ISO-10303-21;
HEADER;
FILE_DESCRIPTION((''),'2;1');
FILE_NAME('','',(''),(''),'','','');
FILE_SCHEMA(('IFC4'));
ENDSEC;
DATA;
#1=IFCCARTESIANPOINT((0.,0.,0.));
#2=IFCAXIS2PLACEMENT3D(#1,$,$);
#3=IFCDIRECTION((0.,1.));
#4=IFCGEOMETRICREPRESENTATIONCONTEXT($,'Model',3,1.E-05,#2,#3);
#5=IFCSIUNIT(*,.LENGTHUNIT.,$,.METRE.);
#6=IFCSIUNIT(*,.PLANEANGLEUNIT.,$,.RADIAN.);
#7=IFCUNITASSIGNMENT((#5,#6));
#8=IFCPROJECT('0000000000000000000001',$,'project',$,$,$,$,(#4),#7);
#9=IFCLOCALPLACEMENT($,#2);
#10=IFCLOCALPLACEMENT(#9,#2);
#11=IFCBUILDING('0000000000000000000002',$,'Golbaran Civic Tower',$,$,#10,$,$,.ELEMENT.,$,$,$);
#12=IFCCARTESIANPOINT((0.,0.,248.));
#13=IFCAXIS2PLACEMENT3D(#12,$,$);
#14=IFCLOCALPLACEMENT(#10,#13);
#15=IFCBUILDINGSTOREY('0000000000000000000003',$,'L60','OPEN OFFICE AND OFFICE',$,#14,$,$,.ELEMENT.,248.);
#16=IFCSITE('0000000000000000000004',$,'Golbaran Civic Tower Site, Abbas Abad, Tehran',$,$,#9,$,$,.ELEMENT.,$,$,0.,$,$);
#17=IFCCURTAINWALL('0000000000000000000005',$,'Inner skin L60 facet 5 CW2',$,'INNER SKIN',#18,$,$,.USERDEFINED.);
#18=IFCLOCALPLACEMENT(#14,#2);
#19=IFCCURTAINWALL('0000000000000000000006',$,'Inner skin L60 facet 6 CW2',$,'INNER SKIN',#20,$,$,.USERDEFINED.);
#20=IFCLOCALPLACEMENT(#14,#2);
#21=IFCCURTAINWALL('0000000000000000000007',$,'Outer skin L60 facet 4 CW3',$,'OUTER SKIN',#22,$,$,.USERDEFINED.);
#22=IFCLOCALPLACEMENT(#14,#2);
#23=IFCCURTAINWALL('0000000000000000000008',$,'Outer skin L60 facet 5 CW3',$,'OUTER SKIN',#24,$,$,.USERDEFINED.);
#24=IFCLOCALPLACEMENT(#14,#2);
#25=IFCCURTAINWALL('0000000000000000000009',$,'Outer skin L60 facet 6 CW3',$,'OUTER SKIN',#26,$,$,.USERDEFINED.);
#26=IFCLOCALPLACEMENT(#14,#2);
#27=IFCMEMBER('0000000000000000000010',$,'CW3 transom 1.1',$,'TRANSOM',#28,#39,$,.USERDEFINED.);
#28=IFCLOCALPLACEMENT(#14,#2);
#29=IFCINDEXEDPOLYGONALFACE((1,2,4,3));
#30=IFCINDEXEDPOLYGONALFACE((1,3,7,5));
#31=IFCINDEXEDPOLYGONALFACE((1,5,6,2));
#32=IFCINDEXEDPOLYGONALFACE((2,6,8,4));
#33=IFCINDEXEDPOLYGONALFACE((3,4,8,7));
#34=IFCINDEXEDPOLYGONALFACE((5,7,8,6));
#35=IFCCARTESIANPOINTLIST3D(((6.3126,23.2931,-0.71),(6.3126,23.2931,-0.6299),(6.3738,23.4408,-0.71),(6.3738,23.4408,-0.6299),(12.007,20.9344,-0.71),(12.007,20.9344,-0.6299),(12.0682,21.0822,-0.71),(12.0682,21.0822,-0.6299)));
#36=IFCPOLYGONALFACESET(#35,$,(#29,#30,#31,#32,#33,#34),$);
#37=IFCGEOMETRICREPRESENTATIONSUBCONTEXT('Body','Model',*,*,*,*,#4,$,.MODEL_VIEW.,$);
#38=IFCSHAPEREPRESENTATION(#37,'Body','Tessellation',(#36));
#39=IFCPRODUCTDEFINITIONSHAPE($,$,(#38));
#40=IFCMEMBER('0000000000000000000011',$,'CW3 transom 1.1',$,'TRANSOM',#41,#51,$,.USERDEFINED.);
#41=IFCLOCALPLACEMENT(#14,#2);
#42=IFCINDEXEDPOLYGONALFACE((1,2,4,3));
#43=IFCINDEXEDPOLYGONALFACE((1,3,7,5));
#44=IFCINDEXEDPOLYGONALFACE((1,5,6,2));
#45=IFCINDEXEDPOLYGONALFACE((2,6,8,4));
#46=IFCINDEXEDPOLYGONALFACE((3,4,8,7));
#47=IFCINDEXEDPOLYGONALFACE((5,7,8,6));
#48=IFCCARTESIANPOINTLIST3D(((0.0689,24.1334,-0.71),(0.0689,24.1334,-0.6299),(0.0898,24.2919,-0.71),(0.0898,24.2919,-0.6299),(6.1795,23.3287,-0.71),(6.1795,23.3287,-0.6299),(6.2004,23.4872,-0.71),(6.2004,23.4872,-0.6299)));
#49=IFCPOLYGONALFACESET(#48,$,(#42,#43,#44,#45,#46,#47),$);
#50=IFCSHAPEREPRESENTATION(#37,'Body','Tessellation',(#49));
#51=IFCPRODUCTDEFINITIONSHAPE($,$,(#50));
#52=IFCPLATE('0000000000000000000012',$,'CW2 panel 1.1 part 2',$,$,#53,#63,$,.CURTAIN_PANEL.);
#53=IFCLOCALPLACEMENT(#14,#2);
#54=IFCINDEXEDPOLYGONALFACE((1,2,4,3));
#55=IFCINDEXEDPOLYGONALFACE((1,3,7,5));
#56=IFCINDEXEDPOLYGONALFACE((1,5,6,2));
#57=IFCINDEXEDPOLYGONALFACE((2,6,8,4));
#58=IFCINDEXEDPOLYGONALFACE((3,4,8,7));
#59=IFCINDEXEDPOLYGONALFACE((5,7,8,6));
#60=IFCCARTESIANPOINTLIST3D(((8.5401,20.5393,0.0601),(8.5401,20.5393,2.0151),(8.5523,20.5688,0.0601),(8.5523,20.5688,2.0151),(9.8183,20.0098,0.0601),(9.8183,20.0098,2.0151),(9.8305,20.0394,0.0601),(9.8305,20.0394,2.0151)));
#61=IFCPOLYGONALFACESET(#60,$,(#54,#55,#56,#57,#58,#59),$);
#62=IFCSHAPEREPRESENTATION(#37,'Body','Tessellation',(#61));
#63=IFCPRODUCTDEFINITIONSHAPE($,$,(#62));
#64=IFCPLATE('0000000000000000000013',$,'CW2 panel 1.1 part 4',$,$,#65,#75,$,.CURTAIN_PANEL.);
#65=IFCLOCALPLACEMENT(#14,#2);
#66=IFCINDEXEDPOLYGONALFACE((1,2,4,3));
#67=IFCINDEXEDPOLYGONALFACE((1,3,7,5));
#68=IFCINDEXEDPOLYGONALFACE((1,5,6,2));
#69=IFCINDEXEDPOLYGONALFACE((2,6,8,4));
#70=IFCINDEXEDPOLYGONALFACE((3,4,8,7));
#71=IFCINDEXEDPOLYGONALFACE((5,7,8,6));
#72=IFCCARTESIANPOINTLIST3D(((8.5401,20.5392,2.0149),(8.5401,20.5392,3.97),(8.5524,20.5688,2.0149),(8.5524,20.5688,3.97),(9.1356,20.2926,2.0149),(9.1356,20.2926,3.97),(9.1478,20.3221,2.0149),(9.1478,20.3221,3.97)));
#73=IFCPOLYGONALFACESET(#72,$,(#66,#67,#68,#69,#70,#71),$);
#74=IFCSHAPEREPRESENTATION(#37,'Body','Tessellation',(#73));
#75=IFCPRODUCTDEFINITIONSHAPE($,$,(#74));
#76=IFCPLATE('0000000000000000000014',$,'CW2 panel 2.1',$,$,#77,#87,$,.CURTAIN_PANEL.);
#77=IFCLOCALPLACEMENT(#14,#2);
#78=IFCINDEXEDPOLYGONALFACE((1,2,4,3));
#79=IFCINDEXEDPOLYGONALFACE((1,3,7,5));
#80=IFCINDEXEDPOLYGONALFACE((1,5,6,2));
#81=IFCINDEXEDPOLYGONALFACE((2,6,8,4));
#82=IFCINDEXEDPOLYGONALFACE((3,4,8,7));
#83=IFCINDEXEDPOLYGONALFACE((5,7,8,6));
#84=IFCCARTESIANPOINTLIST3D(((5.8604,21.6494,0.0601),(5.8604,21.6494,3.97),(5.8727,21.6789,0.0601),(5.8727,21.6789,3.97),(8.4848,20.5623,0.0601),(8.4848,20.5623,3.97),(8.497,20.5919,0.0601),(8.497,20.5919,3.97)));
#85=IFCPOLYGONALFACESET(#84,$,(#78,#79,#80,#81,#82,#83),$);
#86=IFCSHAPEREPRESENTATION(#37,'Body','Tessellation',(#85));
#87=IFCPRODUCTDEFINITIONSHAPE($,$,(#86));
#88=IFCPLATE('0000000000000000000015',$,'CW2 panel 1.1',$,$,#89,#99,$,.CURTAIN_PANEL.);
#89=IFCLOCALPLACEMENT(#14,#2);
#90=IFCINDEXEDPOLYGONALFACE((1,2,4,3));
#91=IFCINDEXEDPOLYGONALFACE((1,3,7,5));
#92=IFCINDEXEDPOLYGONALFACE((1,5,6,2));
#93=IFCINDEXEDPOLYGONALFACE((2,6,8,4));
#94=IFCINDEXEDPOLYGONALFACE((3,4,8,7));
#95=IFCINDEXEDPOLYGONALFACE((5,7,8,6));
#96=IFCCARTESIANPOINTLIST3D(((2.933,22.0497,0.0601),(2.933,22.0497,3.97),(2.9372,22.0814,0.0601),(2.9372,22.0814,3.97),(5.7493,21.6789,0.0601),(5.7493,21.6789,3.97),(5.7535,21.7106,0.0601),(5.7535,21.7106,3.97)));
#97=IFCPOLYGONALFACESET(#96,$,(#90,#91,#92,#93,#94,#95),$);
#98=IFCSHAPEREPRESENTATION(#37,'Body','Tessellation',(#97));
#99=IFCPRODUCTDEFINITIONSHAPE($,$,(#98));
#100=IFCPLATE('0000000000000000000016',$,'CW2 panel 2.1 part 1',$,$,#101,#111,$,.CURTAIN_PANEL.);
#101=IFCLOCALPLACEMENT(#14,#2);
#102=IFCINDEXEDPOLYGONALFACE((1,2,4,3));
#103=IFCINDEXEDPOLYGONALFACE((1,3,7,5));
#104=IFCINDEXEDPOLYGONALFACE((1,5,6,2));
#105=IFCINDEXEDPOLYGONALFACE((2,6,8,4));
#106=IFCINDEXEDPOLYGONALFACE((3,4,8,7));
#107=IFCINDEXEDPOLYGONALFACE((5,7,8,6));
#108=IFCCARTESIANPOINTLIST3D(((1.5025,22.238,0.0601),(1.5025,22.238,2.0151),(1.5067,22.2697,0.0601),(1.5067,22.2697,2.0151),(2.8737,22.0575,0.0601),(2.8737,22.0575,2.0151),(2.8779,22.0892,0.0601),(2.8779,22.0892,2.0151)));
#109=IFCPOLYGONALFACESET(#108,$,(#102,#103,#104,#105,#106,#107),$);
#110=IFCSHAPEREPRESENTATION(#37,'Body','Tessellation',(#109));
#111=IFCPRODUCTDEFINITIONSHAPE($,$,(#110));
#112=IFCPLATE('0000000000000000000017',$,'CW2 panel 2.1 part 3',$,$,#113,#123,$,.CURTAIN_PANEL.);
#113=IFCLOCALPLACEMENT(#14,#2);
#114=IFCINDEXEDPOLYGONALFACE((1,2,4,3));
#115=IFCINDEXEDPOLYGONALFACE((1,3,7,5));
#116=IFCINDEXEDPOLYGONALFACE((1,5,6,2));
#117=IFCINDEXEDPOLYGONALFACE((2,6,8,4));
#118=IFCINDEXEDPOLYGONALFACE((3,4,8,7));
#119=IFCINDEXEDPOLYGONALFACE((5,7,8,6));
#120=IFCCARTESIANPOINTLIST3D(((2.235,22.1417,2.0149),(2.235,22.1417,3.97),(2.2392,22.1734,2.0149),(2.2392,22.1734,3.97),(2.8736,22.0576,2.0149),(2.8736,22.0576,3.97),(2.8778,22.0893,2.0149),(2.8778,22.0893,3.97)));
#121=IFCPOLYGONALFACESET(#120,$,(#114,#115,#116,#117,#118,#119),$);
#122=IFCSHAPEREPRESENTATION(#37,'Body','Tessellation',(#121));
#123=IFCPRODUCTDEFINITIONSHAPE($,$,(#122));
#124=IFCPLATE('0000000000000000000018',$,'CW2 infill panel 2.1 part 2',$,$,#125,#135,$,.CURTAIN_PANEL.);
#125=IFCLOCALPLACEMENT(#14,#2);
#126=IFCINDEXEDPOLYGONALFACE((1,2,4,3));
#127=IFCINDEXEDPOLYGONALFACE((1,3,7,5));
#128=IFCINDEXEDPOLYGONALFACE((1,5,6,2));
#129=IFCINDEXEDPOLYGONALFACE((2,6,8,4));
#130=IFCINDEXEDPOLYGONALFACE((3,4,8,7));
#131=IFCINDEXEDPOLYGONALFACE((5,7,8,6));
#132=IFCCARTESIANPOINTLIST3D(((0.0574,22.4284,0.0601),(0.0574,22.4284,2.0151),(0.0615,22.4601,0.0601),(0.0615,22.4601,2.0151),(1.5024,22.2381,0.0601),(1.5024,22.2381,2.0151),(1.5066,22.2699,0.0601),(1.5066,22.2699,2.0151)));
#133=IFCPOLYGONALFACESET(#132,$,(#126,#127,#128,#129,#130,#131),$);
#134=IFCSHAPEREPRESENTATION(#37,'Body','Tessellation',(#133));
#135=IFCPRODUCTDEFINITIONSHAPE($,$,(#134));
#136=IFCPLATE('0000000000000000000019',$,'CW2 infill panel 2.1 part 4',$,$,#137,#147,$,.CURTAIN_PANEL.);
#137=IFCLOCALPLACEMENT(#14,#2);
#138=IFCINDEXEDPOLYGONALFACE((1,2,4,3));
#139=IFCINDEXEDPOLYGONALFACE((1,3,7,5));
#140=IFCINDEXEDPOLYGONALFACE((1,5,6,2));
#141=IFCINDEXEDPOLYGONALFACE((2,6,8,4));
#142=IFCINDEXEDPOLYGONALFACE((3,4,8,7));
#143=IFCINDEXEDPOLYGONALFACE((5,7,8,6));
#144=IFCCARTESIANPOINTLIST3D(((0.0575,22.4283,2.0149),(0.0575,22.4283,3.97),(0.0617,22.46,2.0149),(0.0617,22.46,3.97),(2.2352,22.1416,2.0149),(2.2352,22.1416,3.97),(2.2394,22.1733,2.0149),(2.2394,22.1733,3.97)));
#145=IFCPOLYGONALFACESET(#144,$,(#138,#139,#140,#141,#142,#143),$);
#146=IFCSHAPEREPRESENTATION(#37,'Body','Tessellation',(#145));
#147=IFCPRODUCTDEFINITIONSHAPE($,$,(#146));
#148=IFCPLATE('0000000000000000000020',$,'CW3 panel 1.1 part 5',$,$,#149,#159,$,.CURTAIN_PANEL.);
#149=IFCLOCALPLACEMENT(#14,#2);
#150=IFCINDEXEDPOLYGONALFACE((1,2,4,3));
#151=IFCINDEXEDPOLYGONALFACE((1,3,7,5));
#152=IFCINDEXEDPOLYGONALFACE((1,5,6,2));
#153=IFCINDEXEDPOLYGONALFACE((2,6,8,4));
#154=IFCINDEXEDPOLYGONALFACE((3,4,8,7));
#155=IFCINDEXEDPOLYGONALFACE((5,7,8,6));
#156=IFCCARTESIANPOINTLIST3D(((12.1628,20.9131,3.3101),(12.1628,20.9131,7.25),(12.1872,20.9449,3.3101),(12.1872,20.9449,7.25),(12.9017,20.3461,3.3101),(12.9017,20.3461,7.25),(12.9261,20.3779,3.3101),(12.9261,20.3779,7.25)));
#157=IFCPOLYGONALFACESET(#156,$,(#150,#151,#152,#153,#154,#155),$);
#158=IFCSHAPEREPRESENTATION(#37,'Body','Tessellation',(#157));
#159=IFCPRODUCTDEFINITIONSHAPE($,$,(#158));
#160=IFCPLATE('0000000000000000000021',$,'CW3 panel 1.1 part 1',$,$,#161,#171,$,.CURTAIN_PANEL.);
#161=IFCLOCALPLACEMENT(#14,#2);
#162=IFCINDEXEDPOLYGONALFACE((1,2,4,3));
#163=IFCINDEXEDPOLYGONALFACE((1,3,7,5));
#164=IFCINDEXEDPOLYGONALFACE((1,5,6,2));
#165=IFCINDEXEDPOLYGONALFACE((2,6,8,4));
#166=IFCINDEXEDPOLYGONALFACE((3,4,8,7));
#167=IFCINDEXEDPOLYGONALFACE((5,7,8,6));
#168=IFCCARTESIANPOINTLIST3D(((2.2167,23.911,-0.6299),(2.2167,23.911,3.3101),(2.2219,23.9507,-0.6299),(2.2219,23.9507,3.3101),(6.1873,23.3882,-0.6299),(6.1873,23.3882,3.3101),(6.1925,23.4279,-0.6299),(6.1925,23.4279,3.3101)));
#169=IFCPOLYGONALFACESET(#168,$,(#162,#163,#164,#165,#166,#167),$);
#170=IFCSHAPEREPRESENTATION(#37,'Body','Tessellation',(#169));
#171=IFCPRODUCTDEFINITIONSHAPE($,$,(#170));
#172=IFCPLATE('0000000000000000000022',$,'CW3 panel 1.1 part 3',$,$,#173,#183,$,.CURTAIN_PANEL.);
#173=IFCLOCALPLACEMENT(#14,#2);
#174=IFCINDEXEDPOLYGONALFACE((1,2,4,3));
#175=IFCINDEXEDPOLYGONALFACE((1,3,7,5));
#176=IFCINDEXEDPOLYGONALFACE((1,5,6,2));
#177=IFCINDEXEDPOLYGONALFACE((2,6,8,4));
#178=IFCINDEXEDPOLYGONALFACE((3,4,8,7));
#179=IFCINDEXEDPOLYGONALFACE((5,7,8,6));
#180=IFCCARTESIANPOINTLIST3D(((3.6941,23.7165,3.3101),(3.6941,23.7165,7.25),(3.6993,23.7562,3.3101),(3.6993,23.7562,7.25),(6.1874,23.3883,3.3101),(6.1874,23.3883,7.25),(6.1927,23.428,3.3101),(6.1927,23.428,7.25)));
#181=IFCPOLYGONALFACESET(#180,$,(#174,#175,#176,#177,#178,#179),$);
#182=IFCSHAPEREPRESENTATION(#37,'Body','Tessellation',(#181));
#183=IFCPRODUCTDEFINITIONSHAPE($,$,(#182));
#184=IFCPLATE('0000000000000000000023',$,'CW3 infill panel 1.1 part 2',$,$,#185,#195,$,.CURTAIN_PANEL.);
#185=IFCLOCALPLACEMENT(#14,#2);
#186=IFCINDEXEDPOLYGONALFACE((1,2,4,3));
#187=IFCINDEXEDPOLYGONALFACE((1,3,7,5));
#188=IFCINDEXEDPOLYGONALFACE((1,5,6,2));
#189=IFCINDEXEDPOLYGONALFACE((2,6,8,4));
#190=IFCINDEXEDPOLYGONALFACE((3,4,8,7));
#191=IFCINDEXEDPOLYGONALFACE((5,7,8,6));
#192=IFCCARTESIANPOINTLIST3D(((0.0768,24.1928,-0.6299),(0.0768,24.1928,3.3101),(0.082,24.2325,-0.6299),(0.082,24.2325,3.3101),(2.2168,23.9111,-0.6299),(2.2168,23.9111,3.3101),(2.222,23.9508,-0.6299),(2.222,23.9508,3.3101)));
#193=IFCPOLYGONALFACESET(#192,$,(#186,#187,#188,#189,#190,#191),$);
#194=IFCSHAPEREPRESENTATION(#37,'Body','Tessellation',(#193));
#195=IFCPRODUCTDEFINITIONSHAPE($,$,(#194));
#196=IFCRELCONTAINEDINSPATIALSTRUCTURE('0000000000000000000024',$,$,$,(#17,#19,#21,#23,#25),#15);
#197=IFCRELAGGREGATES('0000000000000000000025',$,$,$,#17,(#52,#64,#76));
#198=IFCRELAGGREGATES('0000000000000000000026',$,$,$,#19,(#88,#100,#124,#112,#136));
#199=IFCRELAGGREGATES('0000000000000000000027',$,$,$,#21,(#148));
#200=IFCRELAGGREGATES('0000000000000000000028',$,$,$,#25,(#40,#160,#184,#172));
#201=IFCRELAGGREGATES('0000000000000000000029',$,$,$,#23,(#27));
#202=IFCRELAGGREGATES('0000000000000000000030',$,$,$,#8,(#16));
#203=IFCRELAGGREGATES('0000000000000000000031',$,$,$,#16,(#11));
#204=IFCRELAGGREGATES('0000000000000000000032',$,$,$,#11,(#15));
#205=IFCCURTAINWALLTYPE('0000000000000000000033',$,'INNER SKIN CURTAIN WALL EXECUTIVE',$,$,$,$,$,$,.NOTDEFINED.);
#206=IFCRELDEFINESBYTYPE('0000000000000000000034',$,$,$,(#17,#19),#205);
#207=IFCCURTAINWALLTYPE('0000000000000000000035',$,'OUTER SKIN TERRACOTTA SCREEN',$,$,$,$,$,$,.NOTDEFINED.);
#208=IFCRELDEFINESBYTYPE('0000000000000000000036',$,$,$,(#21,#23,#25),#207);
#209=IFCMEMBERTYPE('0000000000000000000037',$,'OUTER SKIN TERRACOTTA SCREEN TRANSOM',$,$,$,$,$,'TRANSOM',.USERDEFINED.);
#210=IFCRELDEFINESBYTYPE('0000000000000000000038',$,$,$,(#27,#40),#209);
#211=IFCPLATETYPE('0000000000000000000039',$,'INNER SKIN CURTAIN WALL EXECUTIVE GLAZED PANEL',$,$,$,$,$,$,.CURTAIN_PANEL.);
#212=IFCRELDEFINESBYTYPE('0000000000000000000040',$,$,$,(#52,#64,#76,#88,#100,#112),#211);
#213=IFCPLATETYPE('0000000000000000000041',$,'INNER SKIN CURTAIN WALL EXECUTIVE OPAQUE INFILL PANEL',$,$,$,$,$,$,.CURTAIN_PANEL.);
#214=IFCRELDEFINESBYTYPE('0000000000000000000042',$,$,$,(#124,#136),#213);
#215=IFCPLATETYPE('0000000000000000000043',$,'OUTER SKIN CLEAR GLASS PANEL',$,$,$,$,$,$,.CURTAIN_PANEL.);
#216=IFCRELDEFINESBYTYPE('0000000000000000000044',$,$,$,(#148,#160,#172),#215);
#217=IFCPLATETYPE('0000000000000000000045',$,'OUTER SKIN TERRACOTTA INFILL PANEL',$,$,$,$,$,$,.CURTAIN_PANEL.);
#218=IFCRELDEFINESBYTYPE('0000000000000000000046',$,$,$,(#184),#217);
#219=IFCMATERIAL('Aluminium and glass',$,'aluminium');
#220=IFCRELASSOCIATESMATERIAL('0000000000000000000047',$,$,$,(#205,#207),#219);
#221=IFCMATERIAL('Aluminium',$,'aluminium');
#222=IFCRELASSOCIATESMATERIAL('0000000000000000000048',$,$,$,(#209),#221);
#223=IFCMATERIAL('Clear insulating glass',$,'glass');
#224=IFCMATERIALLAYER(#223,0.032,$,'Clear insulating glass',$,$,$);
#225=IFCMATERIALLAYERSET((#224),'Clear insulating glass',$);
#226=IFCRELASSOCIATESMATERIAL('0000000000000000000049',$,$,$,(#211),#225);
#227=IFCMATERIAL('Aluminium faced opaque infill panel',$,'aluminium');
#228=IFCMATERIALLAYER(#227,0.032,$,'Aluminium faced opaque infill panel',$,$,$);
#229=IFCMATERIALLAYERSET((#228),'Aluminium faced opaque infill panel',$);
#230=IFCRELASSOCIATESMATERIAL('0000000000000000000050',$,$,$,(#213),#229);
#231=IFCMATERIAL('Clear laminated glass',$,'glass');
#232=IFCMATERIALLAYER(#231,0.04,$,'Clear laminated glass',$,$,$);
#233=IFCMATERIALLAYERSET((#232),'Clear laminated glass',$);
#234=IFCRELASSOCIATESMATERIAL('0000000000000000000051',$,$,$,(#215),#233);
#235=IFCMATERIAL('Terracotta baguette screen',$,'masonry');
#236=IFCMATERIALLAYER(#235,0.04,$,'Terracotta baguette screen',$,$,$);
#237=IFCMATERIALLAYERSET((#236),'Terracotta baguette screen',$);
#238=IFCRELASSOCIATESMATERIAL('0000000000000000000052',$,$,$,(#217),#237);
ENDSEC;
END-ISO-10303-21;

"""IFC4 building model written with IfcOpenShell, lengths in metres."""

from ifc_helpers import new_model, si_unit, direction, frame, origin, origin_2d, place, context, subcontext, project, spatial, rectangle, extrude, material, layer, layer_set, material_profile, profile_set, type_object, element, aggregate, save


model = new_model("IFC4")

# Units and contexts
model_context = context("Model", 3, precision=1e-05, world=origin(), true_north=direction((0.0, 1.0)))
body_context = subcontext(model_context, "Body", "Model", "MODEL_VIEW")
ifc_project = project(units=[si_unit("LENGTHUNIT", "METRE"), si_unit("PLANEANGLEUNIT", "RADIAN")], contexts=[model_context])

# Site, building, storey
site_placement = place(None, origin())
site = spatial("IfcSite", under=ifc_project, at=site_placement, Name="Golbaran Civic Tower Site, Abbas Abad, Tehran", CompositionType="ELEMENT", RefElevation=0.0)
building_placement = place(site_placement, origin())
building = spatial("IfcBuilding", under=site, at=building_placement, Name="Golbaran Civic Tower", CompositionType="ELEMENT")
storey_placement = place(building_placement, frame((0.0, 0.0, 248.0)))
storey = spatial("IfcBuildingStorey", under=building, at=storey_placement, Name="L60", Description="OPEN OFFICE AND OFFICE", CompositionType="ELEMENT", Elevation=248.0)

# Curtain walls
ifc_material_1 = material(Name="Aluminium and glass", Category="aluminium")
curtain_wall_type_1 = type_object("IfcCurtainWallType", Name="INNER SKIN CURTAIN WALL EXECUTIVE", PredefinedType="NOTDEFINED", material=ifc_material_1)
curtain_wall_1_placement = place(storey_placement, origin())
curtain_wall_1 = element("IfcCurtainWall", 1, at=curtain_wall_1_placement, inside=storey, type_object=curtain_wall_type_1, Name="Inner skin L60 facet 5 CW2", ObjectType="INNER SKIN", PredefinedType="USERDEFINED")
ifc_material_2 = material(Name="Aluminium", Category="aluminium")
curtain_wall_2_placement = place(storey_placement, origin())
curtain_wall_2 = element("IfcCurtainWall", 2, at=curtain_wall_2_placement, inside=storey, type_object=curtain_wall_type_1, Name="Inner skin L60 facet 6 CW2", ObjectType="INNER SKIN", PredefinedType="USERDEFINED")

# Curtain wall
curtain_wall_type_2 = type_object("IfcCurtainWallType", Name="OUTER SKIN TERRACOTTA SCREEN", PredefinedType="NOTDEFINED", material=ifc_material_1)
curtain_wall_3_placement = place(storey_placement, origin())
curtain_wall_3 = element("IfcCurtainWall", 3, at=curtain_wall_3_placement, inside=storey, type_object=curtain_wall_type_2, Name="Outer skin L60 facet 4 CW3", ObjectType="OUTER SKIN", PredefinedType="USERDEFINED")

# Curtain walls
curtain_wall_4_placement = place(storey_placement, origin())
curtain_wall_4 = element("IfcCurtainWall", 4, at=curtain_wall_4_placement, inside=storey, type_object=curtain_wall_type_2, Name="Outer skin L60 facet 5 CW3", ObjectType="OUTER SKIN", PredefinedType="USERDEFINED")
curtain_wall_5_placement = place(storey_placement, origin())
curtain_wall_5 = element("IfcCurtainWall", 5, at=curtain_wall_5_placement, inside=storey, type_object=curtain_wall_type_2, Name="Outer skin L60 facet 6 CW3", ObjectType="OUTER SKIN", PredefinedType="USERDEFINED")

# Members
ifc_material_profile_1 = material_profile(ifc_material_2, rectangle(XDim=0.1599, YDim=0.0801, at=origin_2d()), Name="OUTER SKIN TERRACOTTA SCREEN TRANSOM")
ifc_profile_set_1 = profile_set([ifc_material_profile_1], Name="Aluminium")
member_type_1 = type_object("IfcMemberType", Name="OUTER SKIN TERRACOTTA SCREEN TRANSOM", ElementType="TRANSOM", PredefinedType="USERDEFINED", material=ifc_profile_set_1)
member_1_placement = place(storey_placement, frame((12.0376, 21.0083, -0.6699), z_axis=(-0.923881, 0.382679, 0.0), x_axis=(-0.382679, -0.923881, 0.0)))
member_1 = element("IfcMember", 6, at=member_1_placement, type_object=member_type_1, Name="CW3 transom 1.1", ObjectType="TRANSOM", PredefinedType="USERDEFINED", context=body_context, shape_type="SweptSolid", body=[
    extrude(rectangle(XDim=0.1599, YDim=0.0801, at=origin_2d()), origin(), (0.0, 0.0, 1.0), 6.1636),
])
member_2_placement = place(storey_placement, frame((6.1899, 23.408, -0.6699), z_axis=(-0.99144, 0.13056, 0.0), x_axis=(-0.13056, -0.99144, 0.0)))
member_2 = element("IfcMember", 7, at=member_2_placement, type_object=member_type_1, Name="CW3 transom 1.1", ObjectType="TRANSOM", PredefinedType="USERDEFINED", context=body_context, shape_type="SweptSolid", body=[
    extrude(rectangle(XDim=0.1599, YDim=0.0801, at=origin_2d()), origin(), (0.0, 0.0, 1.0), 6.1633),
])

# Plates
ifc_material_3 = material(Name="Clear insulating glass", Category="glass")
ifc_layer_1 = layer(ifc_material_3, 0.032, Name="Clear insulating glass")
ifc_layer_set_1 = layer_set([ifc_layer_1], Name="Clear insulating glass")
plate_type_1 = type_object("IfcPlateType", Name="INNER SKIN CURTAIN WALL EXECUTIVE GLAZED PANEL", PredefinedType="CURTAIN_PANEL", material=ifc_layer_set_1)
plate_1_placement = place(storey_placement, frame((9.1853, 20.2893, 0.0601), z_axis=(0.0, 0.0, 1.0), x_axis=(-0.92388, 0.382683, 0.0)))
plate_1 = element("IfcPlate", 8, at=plate_1_placement, type_object=plate_type_1, Name="CW2 panel 1.1 part 2", PredefinedType="CURTAIN_PANEL", context=body_context, shape_type="SweptSolid", body=[
    extrude(rectangle(XDim=1.3835, YDim=0.032, at=origin_2d()), origin(), (0.0, 0.0, 1.0), 1.9551),
])
plate_2_placement = place(storey_placement, frame((8.844, 20.4307, 2.0149), z_axis=(0.0, 0.0, 1.0), x_axis=(-0.92388, 0.382683, 0.0)))
plate_2 = element("IfcPlate", 9, at=plate_2_placement, type_object=plate_type_1, Name="CW2 panel 1.1 part 4", PredefinedType="CURTAIN_PANEL", context=body_context, shape_type="SweptSolid", body=[
    extrude(rectangle(XDim=0.6445, YDim=0.032, at=origin_2d()), origin(), (0.0, 0.0, 1.0), 1.9551),
])
plate_3_placement = place(storey_placement, frame((7.1787, 21.1206, 0.0601), z_axis=(0.0, 0.0, 1.0), x_axis=(-0.92388, 0.382683, 0.0)))
plate_3 = element("IfcPlate", 10, at=plate_3_placement, type_object=plate_type_1, Name="CW2 panel 2.1", PredefinedType="CURTAIN_PANEL", context=body_context, shape_type="SweptSolid", body=[
    extrude(rectangle(XDim=2.8406, YDim=0.032, at=origin_2d()), origin(), (0.0, 0.0, 1.0), 3.9099),
])
aggregate(curtain_wall_1, [plate_1, plate_2, plate_3])
plate_4_placement = place(storey_placement, frame((4.3433, 21.8801, 0.0601), z_axis=(0.0, 0.0, 1.0), x_axis=(-0.991445, 0.130526, 0.0)))
plate_4 = element("IfcPlate", 11, at=plate_4_placement, type_object=plate_type_1, Name="CW2 panel 1.1", PredefinedType="CURTAIN_PANEL", context=body_context, shape_type="SweptSolid", body=[
    extrude(rectangle(XDim=2.8406, YDim=0.032, at=origin_2d()), origin(), (0.0, 0.0, 1.0), 3.9099),
])
plate_5_placement = place(storey_placement, frame((2.1902, 22.1636, 0.0601), z_axis=(0.0, 0.0, 1.0), x_axis=(-0.991445, 0.130526, 0.0)))
plate_5 = element("IfcPlate", 12, at=plate_5_placement, type_object=plate_type_1, Name="CW2 panel 2.1 part 1", PredefinedType="CURTAIN_PANEL", context=body_context, shape_type="SweptSolid", body=[
    extrude(rectangle(XDim=1.3831, YDim=0.032, at=origin_2d()), origin(), (0.0, 0.0, 1.0), 1.9551),
])
plate_6_placement = place(storey_placement, frame((2.5564, 22.1155, 2.0149), z_axis=(0.0, 0.0, 1.0), x_axis=(-0.991445, 0.130526, 0.0)))
plate_6 = element("IfcPlate", 13, at=plate_6_placement, type_object=plate_type_1, Name="CW2 panel 2.1 part 3", PredefinedType="CURTAIN_PANEL", context=body_context, shape_type="SweptSolid", body=[
    extrude(rectangle(XDim=0.644, YDim=0.032, at=origin_2d()), origin(), (0.0, 0.0, 1.0), 1.9551),
])
ifc_material_4 = material(Name="Aluminium faced opaque infill panel", Category="aluminium")
ifc_layer_2 = layer(ifc_material_4, 0.032, Name="Aluminium faced opaque infill panel")
ifc_layer_set_2 = layer_set([ifc_layer_2], Name="Aluminium faced opaque infill panel")
plate_type_2 = type_object("IfcPlateType", Name="INNER SKIN CURTAIN WALL EXECUTIVE OPAQUE INFILL PANEL", PredefinedType="CURTAIN_PANEL", material=ifc_layer_set_2)
plate_7_placement = place(storey_placement, frame((0.782, 22.3491, 0.0601), z_axis=(0.0, 0.0, 1.0), x_axis=(-0.991445, 0.130526, 0.0)))
plate_7 = element("IfcPlate", 14, at=plate_7_placement, type_object=plate_type_2, Name="CW2 infill panel 2.1 part 2", PredefinedType="CURTAIN_PANEL", context=body_context, shape_type="SweptSolid", body=[
    extrude(rectangle(XDim=1.4575, YDim=0.032, at=origin_2d()), origin(), (0.0, 0.0, 1.0), 1.9551),
])
plate_8_placement = place(storey_placement, frame((1.1484, 22.3008, 2.0149), z_axis=(0.0, 0.0, 1.0), x_axis=(-0.991445, 0.130526, 0.0)))
plate_8 = element("IfcPlate", 15, at=plate_8_placement, type_object=plate_type_2, Name="CW2 infill panel 2.1 part 4", PredefinedType="CURTAIN_PANEL", context=body_context, shape_type="SweptSolid", body=[
    extrude(rectangle(XDim=2.1965, YDim=0.032, at=origin_2d()), origin(), (0.0, 0.0, 1.0), 1.9551),
])
aggregate(curtain_wall_2, [plate_4, plate_5, plate_7, plate_6, plate_8])
ifc_material_5 = material(Name="Clear laminated glass", Category="glass")
ifc_layer_3 = layer(ifc_material_5, 0.04, Name="Clear laminated glass")
ifc_layer_set_3 = layer_set([ifc_layer_3], Name="Clear laminated glass")
plate_type_3 = type_object("IfcPlateType", Name="OUTER SKIN CLEAR GLASS PANEL", PredefinedType="CURTAIN_PANEL", material=ifc_layer_set_3)
plate_9_placement = place(storey_placement, frame((12.5444, 20.6455, 3.3101), z_axis=(0.0, 0.0, 1.0), x_axis=(-0.793353, 0.608761, 0.0)))
plate_9 = element("IfcPlate", 16, at=plate_9_placement, type_object=plate_type_3, Name="CW3 panel 1.1 part 5", PredefinedType="CURTAIN_PANEL", context=body_context, shape_type="SweptSolid", body=[
    extrude(rectangle(XDim=0.9314, YDim=0.04, at=origin_2d()), origin(), (0.0, 0.0, 1.0), 3.9399),
])
aggregate(curtain_wall_3, [plate_9])
plate_10_placement = place(storey_placement, frame((4.2046, 23.6694, -0.6299), z_axis=(0.0, 0.0, 1.0), x_axis=(-0.991445, 0.130526, 0.0)))
plate_10 = element("IfcPlate", 17, at=plate_10_placement, type_object=plate_type_3, Name="CW3 panel 1.1 part 1", PredefinedType="CURTAIN_PANEL", context=body_context, shape_type="SweptSolid", body=[
    extrude(rectangle(XDim=4.0049, YDim=0.04, at=origin_2d()), origin(), (0.0, 0.0, 1.0), 3.9399),
])
plate_11_placement = place(storey_placement, frame((4.9434, 23.5723, 3.3101), z_axis=(0.0, 0.0, 1.0), x_axis=(-0.991445, 0.130526, 0.0)))
plate_11 = element("IfcPlate", 18, at=plate_11_placement, type_object=plate_type_3, Name="CW3 panel 1.1 part 3", PredefinedType="CURTAIN_PANEL", context=body_context, shape_type="SweptSolid", body=[
    extrude(rectangle(XDim=2.5149, YDim=0.04, at=origin_2d()), origin(), (0.0, 0.0, 1.0), 3.9399),
])
ifc_material_6 = material(Name="Terracotta baguette screen", Category="masonry")
ifc_layer_4 = layer(ifc_material_6, 0.04, Name="Terracotta baguette screen")
ifc_layer_set_4 = layer_set([ifc_layer_4], Name="Terracotta baguette screen")
plate_type_4 = type_object("IfcPlateType", Name="OUTER SKIN TERRACOTTA INFILL PANEL", PredefinedType="CURTAIN_PANEL", material=ifc_layer_set_4)
plate_12_placement = place(storey_placement, frame((1.1494, 24.0718, -0.6299), z_axis=(0.0, 0.0, 1.0), x_axis=(-0.991445, 0.130526, 0.0)))
plate_12 = element("IfcPlate", 19, at=plate_12_placement, type_object=plate_type_4, Name="CW3 infill panel 1.1 part 2", PredefinedType="CURTAIN_PANEL", context=body_context, shape_type="SweptSolid", body=[
    extrude(rectangle(XDim=2.1584, YDim=0.04, at=origin_2d()), origin(), (0.0, 0.0, 1.0), 3.9399),
])
aggregate(curtain_wall_5, [member_2, plate_10, plate_12, plate_11])
aggregate(curtain_wall_4, [member_1])

save(model, "model.ifc")
